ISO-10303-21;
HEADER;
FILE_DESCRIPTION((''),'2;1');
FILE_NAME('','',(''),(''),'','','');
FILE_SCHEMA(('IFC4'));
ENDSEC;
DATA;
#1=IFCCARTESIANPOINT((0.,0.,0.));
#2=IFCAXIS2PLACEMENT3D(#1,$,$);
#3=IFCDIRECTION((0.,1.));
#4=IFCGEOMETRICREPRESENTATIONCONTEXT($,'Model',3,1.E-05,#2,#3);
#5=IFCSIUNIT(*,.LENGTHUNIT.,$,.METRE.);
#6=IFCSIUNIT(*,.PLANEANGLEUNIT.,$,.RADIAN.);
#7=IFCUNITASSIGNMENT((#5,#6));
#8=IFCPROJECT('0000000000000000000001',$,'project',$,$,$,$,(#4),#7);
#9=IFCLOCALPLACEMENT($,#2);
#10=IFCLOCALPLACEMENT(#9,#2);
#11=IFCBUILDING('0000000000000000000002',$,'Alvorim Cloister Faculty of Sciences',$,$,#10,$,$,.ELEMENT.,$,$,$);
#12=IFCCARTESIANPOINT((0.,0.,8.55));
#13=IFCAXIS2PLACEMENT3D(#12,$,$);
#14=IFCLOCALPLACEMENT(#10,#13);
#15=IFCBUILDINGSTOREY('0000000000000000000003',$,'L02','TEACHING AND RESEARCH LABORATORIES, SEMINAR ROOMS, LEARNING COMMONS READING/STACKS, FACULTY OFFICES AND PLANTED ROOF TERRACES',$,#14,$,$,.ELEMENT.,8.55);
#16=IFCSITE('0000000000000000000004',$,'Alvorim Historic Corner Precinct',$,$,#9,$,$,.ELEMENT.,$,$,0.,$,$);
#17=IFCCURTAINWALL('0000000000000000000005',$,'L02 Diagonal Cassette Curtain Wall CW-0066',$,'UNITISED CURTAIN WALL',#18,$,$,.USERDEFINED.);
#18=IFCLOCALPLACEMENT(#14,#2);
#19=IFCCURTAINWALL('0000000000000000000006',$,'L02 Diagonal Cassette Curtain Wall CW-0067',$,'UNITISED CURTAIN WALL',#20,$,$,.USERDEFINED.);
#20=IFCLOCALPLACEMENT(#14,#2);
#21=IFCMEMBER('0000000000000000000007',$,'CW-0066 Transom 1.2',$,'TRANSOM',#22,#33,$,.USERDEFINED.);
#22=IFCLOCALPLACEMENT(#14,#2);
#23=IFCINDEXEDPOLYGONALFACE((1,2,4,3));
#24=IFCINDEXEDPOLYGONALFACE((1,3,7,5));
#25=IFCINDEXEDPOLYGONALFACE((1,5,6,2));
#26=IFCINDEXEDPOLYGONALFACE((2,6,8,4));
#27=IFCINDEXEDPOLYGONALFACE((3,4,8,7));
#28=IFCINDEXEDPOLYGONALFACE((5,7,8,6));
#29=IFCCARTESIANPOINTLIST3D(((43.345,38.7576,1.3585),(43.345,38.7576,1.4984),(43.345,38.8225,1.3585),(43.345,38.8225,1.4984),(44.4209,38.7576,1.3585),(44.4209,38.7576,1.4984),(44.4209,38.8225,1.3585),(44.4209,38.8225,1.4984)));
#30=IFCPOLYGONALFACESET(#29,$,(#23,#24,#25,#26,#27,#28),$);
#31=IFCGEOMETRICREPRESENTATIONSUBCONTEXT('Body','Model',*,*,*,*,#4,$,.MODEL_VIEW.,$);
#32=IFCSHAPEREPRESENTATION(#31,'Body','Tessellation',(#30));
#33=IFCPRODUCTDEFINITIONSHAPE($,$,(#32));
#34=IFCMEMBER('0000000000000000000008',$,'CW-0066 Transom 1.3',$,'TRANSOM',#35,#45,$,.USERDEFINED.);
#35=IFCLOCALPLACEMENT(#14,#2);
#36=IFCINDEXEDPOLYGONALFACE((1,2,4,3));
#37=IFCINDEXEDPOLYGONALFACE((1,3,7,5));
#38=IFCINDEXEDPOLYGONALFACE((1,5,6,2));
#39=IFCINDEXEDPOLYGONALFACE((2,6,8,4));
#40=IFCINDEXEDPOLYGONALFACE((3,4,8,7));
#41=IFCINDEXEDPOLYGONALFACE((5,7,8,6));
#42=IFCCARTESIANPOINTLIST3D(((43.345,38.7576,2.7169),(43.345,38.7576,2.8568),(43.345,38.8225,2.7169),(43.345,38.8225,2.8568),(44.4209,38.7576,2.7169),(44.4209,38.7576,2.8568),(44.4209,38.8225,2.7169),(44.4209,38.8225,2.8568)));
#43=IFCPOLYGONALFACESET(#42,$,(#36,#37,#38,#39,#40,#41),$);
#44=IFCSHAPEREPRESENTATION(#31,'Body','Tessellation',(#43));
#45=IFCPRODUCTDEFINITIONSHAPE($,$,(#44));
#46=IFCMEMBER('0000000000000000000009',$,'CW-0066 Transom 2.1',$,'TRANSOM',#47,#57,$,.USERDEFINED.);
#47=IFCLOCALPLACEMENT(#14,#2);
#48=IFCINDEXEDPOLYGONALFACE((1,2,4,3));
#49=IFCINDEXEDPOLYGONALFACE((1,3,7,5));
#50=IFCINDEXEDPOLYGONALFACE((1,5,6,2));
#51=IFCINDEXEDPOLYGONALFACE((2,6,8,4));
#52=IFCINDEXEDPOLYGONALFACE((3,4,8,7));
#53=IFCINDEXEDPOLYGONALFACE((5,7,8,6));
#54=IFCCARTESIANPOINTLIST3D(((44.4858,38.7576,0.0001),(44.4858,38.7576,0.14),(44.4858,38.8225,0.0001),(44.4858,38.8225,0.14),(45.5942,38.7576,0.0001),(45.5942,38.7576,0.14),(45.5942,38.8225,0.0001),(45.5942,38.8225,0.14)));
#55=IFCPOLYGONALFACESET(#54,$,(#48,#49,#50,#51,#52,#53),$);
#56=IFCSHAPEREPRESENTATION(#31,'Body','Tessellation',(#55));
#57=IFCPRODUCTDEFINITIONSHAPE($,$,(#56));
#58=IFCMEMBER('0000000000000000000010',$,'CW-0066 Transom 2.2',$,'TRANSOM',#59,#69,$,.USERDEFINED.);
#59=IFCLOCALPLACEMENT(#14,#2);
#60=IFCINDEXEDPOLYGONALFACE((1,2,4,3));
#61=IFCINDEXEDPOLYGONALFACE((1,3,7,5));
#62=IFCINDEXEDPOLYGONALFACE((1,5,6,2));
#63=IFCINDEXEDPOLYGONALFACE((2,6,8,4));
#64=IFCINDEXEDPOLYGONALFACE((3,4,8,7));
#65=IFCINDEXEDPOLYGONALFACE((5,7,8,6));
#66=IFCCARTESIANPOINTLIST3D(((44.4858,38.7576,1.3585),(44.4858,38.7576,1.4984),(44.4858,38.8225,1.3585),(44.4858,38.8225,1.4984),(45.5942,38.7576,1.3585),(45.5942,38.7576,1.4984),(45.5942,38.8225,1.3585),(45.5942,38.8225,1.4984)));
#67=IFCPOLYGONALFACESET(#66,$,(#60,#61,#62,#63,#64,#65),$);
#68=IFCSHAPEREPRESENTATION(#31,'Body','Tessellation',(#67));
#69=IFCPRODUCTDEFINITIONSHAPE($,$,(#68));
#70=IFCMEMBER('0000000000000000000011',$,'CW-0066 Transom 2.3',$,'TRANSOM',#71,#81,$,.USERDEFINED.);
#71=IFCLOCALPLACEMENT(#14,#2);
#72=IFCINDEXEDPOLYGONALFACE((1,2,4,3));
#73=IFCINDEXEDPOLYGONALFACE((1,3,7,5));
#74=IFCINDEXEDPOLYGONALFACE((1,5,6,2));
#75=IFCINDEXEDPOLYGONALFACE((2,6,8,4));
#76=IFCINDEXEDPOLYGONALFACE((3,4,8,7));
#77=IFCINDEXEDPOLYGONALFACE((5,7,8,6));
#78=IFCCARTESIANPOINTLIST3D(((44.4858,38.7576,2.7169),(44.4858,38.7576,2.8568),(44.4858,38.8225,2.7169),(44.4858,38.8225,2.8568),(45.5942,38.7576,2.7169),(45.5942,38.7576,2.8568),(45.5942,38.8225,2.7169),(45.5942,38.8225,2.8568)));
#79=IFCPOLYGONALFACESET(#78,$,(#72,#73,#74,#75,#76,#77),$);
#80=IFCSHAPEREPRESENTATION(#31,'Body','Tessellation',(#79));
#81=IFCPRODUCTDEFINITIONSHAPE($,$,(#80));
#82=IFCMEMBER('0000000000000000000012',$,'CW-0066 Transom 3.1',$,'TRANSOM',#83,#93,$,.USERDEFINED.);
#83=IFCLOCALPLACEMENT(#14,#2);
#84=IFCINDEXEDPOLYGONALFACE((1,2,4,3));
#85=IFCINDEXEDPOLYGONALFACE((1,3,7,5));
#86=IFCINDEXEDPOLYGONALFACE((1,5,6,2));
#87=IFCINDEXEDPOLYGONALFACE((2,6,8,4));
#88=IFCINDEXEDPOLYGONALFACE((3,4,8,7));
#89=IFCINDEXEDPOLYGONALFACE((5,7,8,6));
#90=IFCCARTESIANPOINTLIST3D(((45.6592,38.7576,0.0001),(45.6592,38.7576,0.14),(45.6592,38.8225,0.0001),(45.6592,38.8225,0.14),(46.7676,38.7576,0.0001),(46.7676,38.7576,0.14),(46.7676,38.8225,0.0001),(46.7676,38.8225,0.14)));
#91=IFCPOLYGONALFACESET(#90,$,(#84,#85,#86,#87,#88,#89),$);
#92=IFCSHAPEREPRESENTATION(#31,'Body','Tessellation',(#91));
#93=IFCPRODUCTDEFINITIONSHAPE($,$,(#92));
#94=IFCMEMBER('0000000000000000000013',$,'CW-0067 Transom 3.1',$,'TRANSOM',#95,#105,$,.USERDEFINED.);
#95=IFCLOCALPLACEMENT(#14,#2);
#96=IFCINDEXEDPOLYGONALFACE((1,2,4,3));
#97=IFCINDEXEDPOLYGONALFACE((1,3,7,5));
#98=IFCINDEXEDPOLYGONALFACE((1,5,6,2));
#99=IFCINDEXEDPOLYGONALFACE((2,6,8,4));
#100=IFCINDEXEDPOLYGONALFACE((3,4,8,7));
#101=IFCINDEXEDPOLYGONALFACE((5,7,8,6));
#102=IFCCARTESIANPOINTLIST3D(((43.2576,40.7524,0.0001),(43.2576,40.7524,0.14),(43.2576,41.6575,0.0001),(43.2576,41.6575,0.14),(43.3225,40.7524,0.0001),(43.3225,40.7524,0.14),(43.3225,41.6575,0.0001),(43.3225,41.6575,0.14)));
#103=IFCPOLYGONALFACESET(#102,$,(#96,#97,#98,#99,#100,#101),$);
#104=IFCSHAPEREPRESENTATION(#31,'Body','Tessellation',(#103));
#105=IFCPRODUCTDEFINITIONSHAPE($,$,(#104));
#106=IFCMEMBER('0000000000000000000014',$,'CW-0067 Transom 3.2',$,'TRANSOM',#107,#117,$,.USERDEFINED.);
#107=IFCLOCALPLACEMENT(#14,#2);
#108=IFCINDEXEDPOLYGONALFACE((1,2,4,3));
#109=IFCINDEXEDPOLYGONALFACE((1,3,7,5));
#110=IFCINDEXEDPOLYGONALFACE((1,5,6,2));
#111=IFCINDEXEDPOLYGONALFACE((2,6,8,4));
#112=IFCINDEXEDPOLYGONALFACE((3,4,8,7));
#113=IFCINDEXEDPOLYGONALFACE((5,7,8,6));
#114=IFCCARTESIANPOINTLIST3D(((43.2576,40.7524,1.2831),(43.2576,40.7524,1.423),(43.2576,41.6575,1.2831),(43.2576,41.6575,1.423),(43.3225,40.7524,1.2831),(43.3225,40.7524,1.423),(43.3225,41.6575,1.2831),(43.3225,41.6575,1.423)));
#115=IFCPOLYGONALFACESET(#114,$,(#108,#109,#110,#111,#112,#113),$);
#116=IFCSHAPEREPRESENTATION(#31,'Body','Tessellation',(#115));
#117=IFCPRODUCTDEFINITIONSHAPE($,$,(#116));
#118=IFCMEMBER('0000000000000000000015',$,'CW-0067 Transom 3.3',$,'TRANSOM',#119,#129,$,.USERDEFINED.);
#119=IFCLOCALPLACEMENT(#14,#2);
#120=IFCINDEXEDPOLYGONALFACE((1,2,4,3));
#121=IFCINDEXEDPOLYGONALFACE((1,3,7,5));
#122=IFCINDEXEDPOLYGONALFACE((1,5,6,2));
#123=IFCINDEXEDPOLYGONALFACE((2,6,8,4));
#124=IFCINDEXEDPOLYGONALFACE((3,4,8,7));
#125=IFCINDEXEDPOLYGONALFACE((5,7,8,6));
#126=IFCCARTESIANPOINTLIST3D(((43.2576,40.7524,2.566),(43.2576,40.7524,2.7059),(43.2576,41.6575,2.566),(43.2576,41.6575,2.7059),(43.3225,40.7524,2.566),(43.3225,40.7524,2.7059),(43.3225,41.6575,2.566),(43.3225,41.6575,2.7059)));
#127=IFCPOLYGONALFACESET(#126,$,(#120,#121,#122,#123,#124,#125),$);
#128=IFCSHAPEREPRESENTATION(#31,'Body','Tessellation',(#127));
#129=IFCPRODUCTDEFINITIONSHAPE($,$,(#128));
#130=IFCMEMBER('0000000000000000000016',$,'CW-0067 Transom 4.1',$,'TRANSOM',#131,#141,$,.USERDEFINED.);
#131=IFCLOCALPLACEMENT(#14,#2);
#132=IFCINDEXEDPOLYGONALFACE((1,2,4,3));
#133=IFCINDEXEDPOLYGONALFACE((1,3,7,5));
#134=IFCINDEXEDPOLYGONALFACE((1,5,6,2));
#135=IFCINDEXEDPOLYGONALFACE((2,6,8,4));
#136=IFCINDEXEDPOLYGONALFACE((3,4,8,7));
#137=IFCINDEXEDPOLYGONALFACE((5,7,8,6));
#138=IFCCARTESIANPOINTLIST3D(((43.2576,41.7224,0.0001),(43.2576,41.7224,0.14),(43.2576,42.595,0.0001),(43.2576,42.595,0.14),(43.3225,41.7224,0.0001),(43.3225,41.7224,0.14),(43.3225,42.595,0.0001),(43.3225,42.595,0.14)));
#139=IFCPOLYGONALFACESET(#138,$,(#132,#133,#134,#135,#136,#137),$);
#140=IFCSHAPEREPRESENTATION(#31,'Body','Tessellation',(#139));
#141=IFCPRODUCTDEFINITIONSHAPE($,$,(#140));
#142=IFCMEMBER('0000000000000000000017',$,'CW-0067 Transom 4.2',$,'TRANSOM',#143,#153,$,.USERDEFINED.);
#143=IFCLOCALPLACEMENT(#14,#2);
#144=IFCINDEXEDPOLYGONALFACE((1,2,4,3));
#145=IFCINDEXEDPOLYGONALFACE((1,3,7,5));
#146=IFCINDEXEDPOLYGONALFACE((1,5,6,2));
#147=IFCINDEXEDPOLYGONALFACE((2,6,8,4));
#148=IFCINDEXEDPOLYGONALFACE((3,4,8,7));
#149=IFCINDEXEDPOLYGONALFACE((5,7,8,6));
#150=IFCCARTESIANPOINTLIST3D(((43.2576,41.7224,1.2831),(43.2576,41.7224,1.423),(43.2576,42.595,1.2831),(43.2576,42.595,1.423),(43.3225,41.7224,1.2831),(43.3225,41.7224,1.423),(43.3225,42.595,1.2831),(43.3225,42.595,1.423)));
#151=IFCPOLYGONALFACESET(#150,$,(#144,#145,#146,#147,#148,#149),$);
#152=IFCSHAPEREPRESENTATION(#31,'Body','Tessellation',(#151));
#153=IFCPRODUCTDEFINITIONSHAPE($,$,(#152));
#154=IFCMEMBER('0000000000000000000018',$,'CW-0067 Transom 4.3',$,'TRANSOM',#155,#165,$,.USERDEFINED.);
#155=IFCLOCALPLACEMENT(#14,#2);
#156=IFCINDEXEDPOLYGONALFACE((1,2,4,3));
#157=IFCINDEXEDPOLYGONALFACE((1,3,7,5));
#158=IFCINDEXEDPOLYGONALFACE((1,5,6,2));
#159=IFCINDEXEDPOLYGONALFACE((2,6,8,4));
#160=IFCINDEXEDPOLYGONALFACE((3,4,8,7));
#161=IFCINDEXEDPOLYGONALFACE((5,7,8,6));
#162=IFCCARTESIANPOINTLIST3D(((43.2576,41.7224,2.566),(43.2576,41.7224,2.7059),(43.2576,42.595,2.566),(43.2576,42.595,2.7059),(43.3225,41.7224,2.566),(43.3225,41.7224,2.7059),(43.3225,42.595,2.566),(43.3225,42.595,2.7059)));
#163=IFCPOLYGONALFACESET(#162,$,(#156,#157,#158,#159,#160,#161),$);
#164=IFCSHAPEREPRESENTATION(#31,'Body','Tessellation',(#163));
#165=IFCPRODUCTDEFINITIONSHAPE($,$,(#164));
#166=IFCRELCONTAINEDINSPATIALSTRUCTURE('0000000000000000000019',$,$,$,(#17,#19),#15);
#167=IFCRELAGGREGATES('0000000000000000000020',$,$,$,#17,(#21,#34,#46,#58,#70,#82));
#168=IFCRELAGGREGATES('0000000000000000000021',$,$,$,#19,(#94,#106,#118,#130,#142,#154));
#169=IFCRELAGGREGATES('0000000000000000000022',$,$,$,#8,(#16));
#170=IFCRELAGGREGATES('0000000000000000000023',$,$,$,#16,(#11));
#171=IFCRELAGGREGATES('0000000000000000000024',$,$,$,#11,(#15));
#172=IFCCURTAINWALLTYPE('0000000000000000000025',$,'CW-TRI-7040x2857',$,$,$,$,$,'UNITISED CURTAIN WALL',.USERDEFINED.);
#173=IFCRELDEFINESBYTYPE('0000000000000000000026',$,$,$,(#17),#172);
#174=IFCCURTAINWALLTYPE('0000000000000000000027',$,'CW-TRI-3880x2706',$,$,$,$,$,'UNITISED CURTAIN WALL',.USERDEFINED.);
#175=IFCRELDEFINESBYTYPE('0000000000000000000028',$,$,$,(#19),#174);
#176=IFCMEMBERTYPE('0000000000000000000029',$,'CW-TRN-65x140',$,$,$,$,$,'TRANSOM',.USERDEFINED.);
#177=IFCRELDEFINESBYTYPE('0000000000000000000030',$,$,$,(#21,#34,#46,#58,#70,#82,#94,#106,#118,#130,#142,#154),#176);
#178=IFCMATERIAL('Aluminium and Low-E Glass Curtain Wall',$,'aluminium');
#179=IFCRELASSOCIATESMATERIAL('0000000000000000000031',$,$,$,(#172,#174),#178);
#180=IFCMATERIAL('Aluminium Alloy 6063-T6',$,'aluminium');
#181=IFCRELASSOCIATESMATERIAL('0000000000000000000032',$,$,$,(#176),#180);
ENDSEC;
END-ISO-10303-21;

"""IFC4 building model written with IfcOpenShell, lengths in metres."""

from ifc_helpers import new_model, si_unit, direction, frame, origin, origin_2d, place, context, subcontext, project, spatial, rectangle, extrude, material, material_profile, profile_set, type_object, element, aggregate, save


model = new_model("IFC4")

# Units and contexts
model_context = context("Model", 3, precision=1e-05, world=origin(), true_north=direction((0.0, 1.0)))
body_context = subcontext(model_context, "Body", "Model", "MODEL_VIEW")
ifc_project = project(units=[si_unit("LENGTHUNIT", "METRE"), si_unit("PLANEANGLEUNIT", "RADIAN")], contexts=[model_context])

# Site, building, storey
site_placement = place(None, origin())
site = spatial("IfcSite", under=ifc_project, at=site_placement, Name="Alvorim Historic Corner Precinct", CompositionType="ELEMENT", RefElevation=0.0)
building_placement = place(site_placement, origin())
building = spatial("IfcBuilding", under=site, at=building_placement, Name="Alvorim Cloister Faculty of Sciences", CompositionType="ELEMENT")
storey_placement = place(building_placement, frame((0.0, 0.0, 8.55)))
storey = spatial("IfcBuildingStorey", under=building, at=storey_placement, Name="L02", Description="TEACHING AND RESEARCH LABORATORIES, SEMINAR ROOMS, LEARNING COMMONS READING/STACKS, FACULTY OFFICES AND PLANTED ROOF TERRACES", CompositionType="ELEMENT", Elevation=8.55)

# Curtain walls
ifc_material_1 = material(Name="Aluminium and Low-E Glass Curtain Wall", Category="aluminium")
curtain_wall_type_1 = type_object("IfcCurtainWallType", Name="CW-TRI-7040x2857", ElementType="UNITISED CURTAIN WALL", PredefinedType="USERDEFINED", material=ifc_material_1)
curtain_wall_1_placement = place(storey_placement, origin())
curtain_wall_1 = element("IfcCurtainWall", 1, at=curtain_wall_1_placement, inside=storey, type_object=curtain_wall_type_1, Name="L02 Diagonal Cassette Curtain Wall CW-0066", ObjectType="UNITISED CURTAIN WALL", PredefinedType="USERDEFINED")
ifc_material_2 = material(Name="Aluminium Alloy 6063-T6", Category="aluminium")
curtain_wall_type_2 = type_object("IfcCurtainWallType", Name="CW-TRI-3880x2706", ElementType="UNITISED CURTAIN WALL", PredefinedType="USERDEFINED", material=ifc_material_1)
curtain_wall_2_placement = place(storey_placement, origin())
curtain_wall_2 = element("IfcCurtainWall", 2, at=curtain_wall_2_placement, inside=storey, type_object=curtain_wall_type_2, Name="L02 Diagonal Cassette Curtain Wall CW-0067", ObjectType="UNITISED CURTAIN WALL", PredefinedType="USERDEFINED")

# Members
ifc_material_profile_1 = material_profile(ifc_material_2, rectangle(XDim=0.0649, YDim=0.1399, at=origin_2d()), Name="ALU-TRN-65x140")
ifc_profile_set_1 = profile_set([ifc_material_profile_1], Name="Aluminium Alloy 6063-T6")
member_type_1 = type_object("IfcMemberType", Name="CW-TRN-65x140", ElementType="TRANSOM", PredefinedType="USERDEFINED", material=ifc_profile_set_1)
member_1_placement = place(storey_placement, frame((43.345, 38.79, 1.4285), z_axis=(1.0, 0.0, 0.0), x_axis=(0.0, 1.0, 0.0)))
member_1 = element("IfcMember", 3, at=member_1_placement, type_object=member_type_1, Name="CW-0066 Transom 1.2", ObjectType="TRANSOM", PredefinedType="USERDEFINED", context=body_context, shape_type="SweptSolid", body=[
    extrude(rectangle(XDim=0.0649, YDim=0.1399, at=origin_2d()), origin(), (0.0, 0.0, 1.0), 1.0759),
])
member_2_placement = place(storey_placement, frame((43.345, 38.79, 2.7869), z_axis=(1.0, 0.0, 0.0), x_axis=(0.0, 1.0, 0.0)))
member_2 = element("IfcMember", 4, at=member_2_placement, type_object=member_type_1, Name="CW-0066 Transom 1.3", ObjectType="TRANSOM", PredefinedType="USERDEFINED", context=body_context, shape_type="SweptSolid", body=[
    extrude(rectangle(XDim=0.0649, YDim=0.1399, at=origin_2d()), origin(), (0.0, 0.0, 1.0), 1.0759),
])
member_3_placement = place(storey_placement, frame((44.4858, 38.79, 0.0701), z_axis=(1.0, 0.0, 0.0), x_axis=(0.0, 1.0, 0.0)))
member_3 = element("IfcMember", 5, at=member_3_placement, type_object=member_type_1, Name="CW-0066 Transom 2.1", ObjectType="TRANSOM", PredefinedType="USERDEFINED", context=body_context, shape_type="SweptSolid", body=[
    extrude(rectangle(XDim=0.0649, YDim=0.1399, at=origin_2d()), origin(), (0.0, 0.0, 1.0), 1.1084),
])
member_4_placement = place(storey_placement, frame((44.4858, 38.79, 1.4285), z_axis=(1.0, 0.0, 0.0), x_axis=(0.0, 1.0, 0.0)))
member_4 = element("IfcMember", 6, at=member_4_placement, type_object=member_type_1, Name="CW-0066 Transom 2.2", ObjectType="TRANSOM", PredefinedType="USERDEFINED", context=body_context, shape_type="SweptSolid", body=[
    extrude(rectangle(XDim=0.0649, YDim=0.1399, at=origin_2d()), origin(), (0.0, 0.0, 1.0), 1.1084),
])
member_5_placement = place(storey_placement, frame((44.4858, 38.79, 2.7869), z_axis=(1.0, 0.0, 0.0), x_axis=(0.0, 1.0, 0.0)))
member_5 = element("IfcMember", 7, at=member_5_placement, type_object=member_type_1, Name="CW-0066 Transom 2.3", ObjectType="TRANSOM", PredefinedType="USERDEFINED", context=body_context, shape_type="SweptSolid", body=[
    extrude(rectangle(XDim=0.0649, YDim=0.1399, at=origin_2d()), origin(), (0.0, 0.0, 1.0), 1.1084),
])
member_6_placement = place(storey_placement, frame((45.6592, 38.79, 0.0701), z_axis=(1.0, 0.0, 0.0), x_axis=(0.0, 1.0, 0.0)))
member_6 = element("IfcMember", 8, at=member_6_placement, type_object=member_type_1, Name="CW-0066 Transom 3.1", ObjectType="TRANSOM", PredefinedType="USERDEFINED", context=body_context, shape_type="SweptSolid", body=[
    extrude(rectangle(XDim=0.0649, YDim=0.1399, at=origin_2d()), origin(), (0.0, 0.0, 1.0), 1.1084),
])
aggregate(curtain_wall_1, [member_1, member_2, member_3, member_4, member_5, member_6])
member_7_placement = place(storey_placement, frame((43.29, 40.7524, 0.0701), z_axis=(0.0, 1.0, 0.0), x_axis=(-1.0, 0.0, 0.0)))
member_7 = element("IfcMember", 9, at=member_7_placement, type_object=member_type_1, Name="CW-0067 Transom 3.1", ObjectType="TRANSOM", PredefinedType="USERDEFINED", context=body_context, shape_type="SweptSolid", body=[
    extrude(rectangle(XDim=0.0649, YDim=0.1399, at=origin_2d()), origin(), (0.0, 0.0, 1.0), 0.905),
])
member_8_placement = place(storey_placement, frame((43.29, 40.7524, 1.353), z_axis=(0.0, 1.0, 0.0), x_axis=(-1.0, 0.0, 0.0)))
member_8 = element("IfcMember", 10, at=member_8_placement, type_object=member_type_1, Name="CW-0067 Transom 3.2", ObjectType="TRANSOM", PredefinedType="USERDEFINED", context=body_context, shape_type="SweptSolid", body=[
    extrude(rectangle(XDim=0.0649, YDim=0.1399, at=origin_2d()), origin(), (0.0, 0.0, 1.0), 0.905),
])
member_9_placement = place(storey_placement, frame((43.29, 40.7524, 2.636), z_axis=(0.0, 1.0, 0.0), x_axis=(-1.0, 0.0, 0.0)))
member_9 = element("IfcMember", 11, at=member_9_placement, type_object=member_type_1, Name="CW-0067 Transom 3.3", ObjectType="TRANSOM", PredefinedType="USERDEFINED", context=body_context, shape_type="SweptSolid", body=[
    extrude(rectangle(XDim=0.0649, YDim=0.1399, at=origin_2d()), origin(), (0.0, 0.0, 1.0), 0.905),
])
member_10_placement = place(storey_placement, frame((43.29, 41.7224, 0.0701), z_axis=(0.0, 1.0, 0.0), x_axis=(-1.0, 0.0, 0.0)))
member_10 = element("IfcMember", 12, at=member_10_placement, type_object=member_type_1, Name="CW-0067 Transom 4.1", ObjectType="TRANSOM", PredefinedType="USERDEFINED", context=body_context, shape_type="SweptSolid", body=[
    extrude(rectangle(XDim=0.0649, YDim=0.1399, at=origin_2d()), origin(), (0.0, 0.0, 1.0), 0.8726),
])
member_11_placement = place(storey_placement, frame((43.29, 41.7224, 1.353), z_axis=(0.0, 1.0, 0.0), x_axis=(-1.0, 0.0, 0.0)))
member_11 = element("IfcMember", 13, at=member_11_placement, type_object=member_type_1, Name="CW-0067 Transom 4.2", ObjectType="TRANSOM", PredefinedType="USERDEFINED", context=body_context, shape_type="SweptSolid", body=[
    extrude(rectangle(XDim=0.0649, YDim=0.1399, at=origin_2d()), origin(), (0.0, 0.0, 1.0), 0.8726),
])
member_12_placement = place(storey_placement, frame((43.29, 41.7224, 2.636), z_axis=(0.0, 1.0, 0.0), x_axis=(-1.0, 0.0, 0.0)))
member_12 = element("IfcMember", 14, at=member_12_placement, type_object=member_type_1, Name="CW-0067 Transom 4.3", ObjectType="TRANSOM", PredefinedType="USERDEFINED", context=body_context, shape_type="SweptSolid", body=[
    extrude(rectangle(XDim=0.0649, YDim=0.1399, at=origin_2d()), origin(), (0.0, 0.0, 1.0), 0.8726),
])
aggregate(curtain_wall_2, [member_7, member_8, member_9, member_10, member_11, member_12])

save(model, "model.ifc")
